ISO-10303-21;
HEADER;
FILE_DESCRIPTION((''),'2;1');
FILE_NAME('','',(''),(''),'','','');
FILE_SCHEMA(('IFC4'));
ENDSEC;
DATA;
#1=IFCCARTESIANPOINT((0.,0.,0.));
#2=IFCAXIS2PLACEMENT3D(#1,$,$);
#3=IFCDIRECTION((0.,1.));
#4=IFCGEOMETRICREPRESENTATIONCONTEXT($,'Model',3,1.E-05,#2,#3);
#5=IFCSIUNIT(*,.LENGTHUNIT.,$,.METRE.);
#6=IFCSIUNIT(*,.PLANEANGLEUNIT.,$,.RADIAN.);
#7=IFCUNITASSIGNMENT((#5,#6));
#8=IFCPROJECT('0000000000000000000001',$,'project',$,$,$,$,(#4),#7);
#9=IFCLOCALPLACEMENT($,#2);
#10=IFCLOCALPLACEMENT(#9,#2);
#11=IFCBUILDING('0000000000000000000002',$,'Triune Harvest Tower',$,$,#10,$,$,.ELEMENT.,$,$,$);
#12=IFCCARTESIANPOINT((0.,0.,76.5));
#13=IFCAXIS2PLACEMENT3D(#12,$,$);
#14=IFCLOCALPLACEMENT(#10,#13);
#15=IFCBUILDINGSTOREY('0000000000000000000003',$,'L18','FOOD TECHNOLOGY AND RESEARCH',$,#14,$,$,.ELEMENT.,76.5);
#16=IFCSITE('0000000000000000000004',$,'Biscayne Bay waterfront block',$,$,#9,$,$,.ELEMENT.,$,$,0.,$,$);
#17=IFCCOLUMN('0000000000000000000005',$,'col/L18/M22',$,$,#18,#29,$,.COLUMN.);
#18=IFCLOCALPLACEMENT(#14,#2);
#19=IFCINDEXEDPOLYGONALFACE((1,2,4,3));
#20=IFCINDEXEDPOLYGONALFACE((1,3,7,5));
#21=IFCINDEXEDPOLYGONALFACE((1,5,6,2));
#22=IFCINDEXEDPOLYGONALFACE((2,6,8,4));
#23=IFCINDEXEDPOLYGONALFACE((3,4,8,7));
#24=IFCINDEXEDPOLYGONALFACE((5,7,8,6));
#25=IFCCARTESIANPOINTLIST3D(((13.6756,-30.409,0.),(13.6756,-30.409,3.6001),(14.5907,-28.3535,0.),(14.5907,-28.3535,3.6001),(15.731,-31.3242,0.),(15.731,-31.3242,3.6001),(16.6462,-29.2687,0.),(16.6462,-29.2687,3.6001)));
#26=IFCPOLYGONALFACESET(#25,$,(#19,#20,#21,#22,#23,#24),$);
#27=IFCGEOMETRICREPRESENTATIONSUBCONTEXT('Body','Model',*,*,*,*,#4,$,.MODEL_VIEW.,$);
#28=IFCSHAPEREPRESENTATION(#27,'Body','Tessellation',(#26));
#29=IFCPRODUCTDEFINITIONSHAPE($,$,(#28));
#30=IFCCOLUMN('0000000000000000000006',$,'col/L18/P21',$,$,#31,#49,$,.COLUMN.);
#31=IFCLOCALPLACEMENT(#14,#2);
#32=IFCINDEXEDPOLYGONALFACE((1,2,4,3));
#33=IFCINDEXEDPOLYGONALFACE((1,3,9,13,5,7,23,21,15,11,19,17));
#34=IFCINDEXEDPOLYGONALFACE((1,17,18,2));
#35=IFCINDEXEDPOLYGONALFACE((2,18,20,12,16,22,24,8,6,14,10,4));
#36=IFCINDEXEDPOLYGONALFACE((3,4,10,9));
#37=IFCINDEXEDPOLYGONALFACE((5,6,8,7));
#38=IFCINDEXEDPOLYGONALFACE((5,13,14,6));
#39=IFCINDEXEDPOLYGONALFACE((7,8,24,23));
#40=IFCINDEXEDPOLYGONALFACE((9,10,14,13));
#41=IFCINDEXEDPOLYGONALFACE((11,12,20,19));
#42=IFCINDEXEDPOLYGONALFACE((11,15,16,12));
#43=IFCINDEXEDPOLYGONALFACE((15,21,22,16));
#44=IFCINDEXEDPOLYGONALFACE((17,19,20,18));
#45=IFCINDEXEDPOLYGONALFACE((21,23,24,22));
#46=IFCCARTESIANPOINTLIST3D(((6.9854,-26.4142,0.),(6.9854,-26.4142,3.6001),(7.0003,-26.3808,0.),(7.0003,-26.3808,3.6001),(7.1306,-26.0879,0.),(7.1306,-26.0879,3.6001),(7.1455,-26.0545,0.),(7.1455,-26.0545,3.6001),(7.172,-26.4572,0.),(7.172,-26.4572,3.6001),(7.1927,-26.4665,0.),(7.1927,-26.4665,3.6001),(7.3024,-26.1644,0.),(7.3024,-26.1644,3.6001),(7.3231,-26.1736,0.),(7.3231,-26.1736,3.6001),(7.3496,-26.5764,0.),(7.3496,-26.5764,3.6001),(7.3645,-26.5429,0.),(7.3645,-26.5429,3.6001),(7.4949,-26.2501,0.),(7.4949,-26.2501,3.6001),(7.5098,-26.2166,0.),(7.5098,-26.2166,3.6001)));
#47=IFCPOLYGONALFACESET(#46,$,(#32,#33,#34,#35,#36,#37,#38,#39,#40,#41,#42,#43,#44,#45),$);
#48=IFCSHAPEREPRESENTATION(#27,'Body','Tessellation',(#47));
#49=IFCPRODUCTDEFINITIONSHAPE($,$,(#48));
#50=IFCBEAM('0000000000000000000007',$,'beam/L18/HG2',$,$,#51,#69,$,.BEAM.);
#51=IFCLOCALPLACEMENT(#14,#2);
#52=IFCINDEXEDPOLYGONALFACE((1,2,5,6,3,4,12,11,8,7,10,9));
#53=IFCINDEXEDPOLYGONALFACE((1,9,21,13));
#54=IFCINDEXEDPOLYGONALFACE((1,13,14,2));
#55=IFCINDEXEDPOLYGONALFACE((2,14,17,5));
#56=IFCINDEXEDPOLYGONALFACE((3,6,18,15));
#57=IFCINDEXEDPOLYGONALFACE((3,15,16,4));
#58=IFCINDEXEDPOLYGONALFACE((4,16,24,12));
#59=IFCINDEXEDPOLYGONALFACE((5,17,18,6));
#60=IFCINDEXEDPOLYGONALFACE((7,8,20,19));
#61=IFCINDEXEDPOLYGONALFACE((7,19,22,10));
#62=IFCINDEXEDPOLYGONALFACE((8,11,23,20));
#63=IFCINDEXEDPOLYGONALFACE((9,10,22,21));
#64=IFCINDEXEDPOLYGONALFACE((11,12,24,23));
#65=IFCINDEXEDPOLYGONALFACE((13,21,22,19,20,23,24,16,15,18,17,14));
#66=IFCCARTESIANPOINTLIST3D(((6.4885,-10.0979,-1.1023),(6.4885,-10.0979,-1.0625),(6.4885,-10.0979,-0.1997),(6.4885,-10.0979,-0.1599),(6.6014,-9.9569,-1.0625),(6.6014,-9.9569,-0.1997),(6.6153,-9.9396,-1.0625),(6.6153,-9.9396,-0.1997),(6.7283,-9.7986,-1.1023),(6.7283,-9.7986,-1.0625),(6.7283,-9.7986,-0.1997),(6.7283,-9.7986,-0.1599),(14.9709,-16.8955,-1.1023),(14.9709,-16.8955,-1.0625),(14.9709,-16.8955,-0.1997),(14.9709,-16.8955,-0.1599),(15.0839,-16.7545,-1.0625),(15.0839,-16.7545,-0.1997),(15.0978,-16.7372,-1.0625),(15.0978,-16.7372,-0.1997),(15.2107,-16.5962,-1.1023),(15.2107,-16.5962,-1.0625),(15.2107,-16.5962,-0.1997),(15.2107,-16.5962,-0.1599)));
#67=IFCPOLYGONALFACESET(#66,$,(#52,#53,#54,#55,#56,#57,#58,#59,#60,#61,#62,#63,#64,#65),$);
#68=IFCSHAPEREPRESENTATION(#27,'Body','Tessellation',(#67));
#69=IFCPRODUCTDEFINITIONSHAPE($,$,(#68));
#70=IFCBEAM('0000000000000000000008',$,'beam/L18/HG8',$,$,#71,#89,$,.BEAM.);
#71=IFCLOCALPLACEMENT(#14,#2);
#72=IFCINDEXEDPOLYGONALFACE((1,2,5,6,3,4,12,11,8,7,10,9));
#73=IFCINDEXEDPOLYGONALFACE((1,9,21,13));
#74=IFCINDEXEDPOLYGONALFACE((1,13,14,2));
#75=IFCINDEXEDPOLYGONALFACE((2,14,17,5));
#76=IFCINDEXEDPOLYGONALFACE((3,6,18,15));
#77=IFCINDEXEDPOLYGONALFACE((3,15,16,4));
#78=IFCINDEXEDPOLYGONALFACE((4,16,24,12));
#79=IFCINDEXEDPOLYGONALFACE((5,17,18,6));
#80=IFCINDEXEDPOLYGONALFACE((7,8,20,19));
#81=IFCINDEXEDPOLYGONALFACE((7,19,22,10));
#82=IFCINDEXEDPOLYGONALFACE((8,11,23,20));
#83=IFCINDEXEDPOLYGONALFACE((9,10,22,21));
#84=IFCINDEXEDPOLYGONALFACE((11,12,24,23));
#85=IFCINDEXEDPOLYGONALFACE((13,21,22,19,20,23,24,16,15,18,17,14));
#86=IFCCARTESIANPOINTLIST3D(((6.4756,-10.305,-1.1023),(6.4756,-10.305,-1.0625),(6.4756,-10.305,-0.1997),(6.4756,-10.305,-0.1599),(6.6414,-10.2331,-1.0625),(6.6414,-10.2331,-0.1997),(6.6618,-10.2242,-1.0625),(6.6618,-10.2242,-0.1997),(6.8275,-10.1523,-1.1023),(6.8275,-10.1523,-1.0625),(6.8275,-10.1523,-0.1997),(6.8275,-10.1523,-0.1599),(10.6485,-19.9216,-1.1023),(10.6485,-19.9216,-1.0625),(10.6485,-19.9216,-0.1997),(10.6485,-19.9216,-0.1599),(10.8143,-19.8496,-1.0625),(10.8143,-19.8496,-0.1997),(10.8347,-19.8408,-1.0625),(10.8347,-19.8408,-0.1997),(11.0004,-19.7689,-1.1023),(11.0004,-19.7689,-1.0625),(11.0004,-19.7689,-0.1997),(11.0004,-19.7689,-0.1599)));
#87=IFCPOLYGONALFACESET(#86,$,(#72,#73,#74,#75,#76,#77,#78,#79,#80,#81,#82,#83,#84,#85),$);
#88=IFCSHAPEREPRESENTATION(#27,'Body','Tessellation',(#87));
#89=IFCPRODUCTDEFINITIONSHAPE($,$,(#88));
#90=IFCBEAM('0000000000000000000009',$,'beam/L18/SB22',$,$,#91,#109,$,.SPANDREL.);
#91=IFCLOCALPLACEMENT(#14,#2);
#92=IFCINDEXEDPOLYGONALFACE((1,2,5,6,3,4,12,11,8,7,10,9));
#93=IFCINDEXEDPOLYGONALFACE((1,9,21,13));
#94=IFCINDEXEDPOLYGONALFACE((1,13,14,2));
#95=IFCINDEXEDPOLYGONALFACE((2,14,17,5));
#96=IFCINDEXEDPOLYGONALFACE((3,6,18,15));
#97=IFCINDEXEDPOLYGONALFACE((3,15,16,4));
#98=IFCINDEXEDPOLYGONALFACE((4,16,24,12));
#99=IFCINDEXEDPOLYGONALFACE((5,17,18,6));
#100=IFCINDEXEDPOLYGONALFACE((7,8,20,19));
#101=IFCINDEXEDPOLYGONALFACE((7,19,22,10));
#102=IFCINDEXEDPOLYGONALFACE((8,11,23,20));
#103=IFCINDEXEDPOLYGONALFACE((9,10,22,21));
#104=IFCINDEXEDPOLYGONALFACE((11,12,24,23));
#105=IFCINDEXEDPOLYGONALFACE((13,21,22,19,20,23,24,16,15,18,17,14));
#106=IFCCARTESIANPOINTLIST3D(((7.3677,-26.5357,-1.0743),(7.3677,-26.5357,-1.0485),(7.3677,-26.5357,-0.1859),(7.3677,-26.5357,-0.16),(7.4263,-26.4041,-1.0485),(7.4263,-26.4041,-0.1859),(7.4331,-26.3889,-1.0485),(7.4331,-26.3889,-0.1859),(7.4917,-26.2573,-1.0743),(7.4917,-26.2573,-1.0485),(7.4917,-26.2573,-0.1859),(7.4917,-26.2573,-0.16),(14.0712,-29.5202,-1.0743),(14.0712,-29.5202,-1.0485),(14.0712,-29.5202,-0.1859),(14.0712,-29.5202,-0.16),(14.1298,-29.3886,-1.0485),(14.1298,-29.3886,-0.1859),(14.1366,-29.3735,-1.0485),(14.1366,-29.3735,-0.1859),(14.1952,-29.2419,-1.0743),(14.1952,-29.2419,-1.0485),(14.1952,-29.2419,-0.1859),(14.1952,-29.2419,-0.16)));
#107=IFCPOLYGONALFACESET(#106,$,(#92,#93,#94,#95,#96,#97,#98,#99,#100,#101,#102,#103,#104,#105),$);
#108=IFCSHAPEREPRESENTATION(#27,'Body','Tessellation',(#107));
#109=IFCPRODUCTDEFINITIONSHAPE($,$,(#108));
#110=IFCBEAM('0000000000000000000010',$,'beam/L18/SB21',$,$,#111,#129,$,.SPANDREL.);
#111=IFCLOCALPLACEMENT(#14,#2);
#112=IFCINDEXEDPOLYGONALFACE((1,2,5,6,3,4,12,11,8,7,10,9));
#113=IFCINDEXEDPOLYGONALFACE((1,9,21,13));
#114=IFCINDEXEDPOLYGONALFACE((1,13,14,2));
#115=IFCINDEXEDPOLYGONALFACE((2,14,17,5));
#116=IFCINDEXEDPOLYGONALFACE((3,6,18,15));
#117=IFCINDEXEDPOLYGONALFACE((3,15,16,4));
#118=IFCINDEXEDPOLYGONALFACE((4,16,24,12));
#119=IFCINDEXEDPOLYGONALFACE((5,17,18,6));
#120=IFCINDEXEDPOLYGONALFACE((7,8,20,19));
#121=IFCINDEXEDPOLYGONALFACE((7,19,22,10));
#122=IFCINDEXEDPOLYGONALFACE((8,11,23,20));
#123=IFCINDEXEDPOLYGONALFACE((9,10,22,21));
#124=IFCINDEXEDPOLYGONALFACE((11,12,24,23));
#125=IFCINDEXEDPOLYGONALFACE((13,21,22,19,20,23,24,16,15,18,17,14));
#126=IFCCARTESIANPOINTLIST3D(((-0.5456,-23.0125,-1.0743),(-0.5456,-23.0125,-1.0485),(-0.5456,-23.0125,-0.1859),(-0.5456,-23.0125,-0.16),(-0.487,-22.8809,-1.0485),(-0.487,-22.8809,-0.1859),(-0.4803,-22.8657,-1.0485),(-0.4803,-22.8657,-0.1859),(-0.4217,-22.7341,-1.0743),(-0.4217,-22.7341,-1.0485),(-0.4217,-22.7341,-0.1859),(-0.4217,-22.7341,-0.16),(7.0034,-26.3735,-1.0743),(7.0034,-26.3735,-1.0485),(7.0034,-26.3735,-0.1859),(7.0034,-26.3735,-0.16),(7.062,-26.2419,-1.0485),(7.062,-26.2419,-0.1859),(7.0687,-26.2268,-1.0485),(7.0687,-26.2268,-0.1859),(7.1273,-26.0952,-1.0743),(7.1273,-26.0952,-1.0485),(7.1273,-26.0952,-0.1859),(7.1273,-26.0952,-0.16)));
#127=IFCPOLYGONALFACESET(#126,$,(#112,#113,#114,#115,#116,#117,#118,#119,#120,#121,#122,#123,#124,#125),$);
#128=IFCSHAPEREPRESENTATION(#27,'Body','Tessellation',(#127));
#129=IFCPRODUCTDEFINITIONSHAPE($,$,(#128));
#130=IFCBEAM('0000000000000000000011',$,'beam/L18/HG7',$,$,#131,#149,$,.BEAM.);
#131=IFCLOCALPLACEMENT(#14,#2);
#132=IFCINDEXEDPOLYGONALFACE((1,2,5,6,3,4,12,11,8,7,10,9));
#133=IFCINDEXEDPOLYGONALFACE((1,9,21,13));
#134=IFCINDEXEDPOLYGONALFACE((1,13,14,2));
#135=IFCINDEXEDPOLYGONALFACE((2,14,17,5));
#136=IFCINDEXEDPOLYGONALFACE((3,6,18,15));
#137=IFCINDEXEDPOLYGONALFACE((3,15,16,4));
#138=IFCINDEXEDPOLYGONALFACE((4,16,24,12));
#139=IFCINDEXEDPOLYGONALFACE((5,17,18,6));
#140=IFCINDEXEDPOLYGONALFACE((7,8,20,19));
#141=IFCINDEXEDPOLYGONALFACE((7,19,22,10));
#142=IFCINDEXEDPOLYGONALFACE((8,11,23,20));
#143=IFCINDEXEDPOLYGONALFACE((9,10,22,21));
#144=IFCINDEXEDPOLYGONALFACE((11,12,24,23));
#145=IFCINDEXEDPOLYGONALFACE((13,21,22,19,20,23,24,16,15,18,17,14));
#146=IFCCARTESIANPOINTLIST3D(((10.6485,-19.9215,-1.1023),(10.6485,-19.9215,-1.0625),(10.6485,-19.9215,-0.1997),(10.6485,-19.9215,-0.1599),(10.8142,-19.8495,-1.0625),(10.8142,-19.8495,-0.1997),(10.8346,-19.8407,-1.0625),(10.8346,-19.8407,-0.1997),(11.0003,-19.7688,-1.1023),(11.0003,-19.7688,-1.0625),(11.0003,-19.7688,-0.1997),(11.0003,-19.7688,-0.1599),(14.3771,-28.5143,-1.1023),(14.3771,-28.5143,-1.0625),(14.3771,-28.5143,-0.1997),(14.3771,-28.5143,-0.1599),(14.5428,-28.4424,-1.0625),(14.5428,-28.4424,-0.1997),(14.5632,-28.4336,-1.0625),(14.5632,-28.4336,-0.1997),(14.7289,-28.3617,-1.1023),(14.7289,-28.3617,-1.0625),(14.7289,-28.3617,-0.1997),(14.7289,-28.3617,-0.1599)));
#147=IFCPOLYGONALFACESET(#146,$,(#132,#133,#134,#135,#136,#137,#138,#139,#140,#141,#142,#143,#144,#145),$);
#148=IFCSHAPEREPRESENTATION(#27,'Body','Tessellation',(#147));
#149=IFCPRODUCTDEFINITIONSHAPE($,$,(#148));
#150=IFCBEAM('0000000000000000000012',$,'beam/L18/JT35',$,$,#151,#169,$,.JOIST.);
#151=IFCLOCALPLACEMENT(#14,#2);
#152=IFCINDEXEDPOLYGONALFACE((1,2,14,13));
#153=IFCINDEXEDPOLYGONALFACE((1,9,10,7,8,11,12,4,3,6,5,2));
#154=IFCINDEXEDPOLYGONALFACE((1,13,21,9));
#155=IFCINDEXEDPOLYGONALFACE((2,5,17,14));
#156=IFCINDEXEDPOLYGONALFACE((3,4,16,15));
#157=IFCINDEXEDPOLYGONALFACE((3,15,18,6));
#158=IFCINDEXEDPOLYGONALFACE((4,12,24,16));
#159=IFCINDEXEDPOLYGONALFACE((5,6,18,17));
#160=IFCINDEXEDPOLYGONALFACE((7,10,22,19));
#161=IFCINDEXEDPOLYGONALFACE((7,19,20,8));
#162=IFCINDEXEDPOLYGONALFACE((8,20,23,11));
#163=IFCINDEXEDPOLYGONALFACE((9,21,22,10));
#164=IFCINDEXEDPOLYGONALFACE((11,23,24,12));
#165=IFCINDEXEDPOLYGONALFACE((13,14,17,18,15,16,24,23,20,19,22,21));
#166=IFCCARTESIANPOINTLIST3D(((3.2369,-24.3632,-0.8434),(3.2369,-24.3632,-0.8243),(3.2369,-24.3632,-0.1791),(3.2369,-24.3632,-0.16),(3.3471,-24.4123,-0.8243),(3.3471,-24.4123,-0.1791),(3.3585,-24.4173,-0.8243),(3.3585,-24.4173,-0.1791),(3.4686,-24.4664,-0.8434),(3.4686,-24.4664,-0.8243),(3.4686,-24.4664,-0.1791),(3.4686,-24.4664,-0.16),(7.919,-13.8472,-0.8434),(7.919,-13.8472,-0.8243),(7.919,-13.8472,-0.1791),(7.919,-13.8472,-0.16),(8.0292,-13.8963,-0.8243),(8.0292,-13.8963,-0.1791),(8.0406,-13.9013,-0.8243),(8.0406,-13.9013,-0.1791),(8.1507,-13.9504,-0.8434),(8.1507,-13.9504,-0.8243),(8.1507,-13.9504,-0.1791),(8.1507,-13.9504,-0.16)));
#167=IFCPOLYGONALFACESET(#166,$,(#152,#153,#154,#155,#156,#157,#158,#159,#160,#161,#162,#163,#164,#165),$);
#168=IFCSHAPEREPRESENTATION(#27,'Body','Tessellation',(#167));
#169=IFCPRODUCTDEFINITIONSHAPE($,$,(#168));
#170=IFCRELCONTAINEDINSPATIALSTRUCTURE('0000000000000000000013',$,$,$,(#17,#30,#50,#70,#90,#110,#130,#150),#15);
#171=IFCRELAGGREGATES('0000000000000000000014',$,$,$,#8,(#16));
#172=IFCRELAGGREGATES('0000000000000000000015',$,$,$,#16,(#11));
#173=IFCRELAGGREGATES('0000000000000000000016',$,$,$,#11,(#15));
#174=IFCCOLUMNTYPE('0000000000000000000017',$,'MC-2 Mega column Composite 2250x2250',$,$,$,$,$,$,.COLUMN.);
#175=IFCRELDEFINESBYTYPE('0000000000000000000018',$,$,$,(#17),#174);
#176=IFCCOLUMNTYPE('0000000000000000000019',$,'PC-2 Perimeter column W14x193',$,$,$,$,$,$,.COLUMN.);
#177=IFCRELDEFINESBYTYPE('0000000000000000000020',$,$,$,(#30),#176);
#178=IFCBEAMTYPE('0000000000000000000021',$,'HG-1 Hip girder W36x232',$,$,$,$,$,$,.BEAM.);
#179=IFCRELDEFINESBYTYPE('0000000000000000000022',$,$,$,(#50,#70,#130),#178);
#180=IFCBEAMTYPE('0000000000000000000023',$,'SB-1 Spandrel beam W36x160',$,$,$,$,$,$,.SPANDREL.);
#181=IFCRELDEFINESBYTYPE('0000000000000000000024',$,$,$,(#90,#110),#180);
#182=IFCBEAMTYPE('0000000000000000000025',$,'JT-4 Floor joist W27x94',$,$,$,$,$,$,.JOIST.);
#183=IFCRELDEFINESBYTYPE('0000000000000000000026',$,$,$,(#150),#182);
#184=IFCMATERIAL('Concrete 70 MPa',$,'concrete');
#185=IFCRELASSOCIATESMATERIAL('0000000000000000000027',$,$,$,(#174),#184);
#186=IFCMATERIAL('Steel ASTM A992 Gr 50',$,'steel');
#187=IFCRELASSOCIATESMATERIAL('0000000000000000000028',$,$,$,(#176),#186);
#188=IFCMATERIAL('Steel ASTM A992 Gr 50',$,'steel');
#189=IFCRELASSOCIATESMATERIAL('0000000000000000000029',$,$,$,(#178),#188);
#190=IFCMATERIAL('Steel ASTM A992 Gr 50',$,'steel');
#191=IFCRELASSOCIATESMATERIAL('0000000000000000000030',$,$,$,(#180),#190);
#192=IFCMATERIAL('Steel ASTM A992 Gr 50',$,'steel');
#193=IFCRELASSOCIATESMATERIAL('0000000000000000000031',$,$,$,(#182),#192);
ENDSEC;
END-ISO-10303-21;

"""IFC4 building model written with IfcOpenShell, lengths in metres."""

from ifc_helpers import new_model, si_unit, direction, frame, origin, origin_2d, place, context, subcontext, project, spatial, rectangle, i_section, extrude, source, transform, mapped, material, material_profile, profile_set, type_object, element, save


model = new_model("IFC4")

# Units and contexts
model_context = context("Model", 3, precision=1e-05, world=origin(), true_north=direction((0.0, 1.0)))
body_context = subcontext(model_context, "Body", "Model", "MODEL_VIEW")
ifc_project = project(units=[si_unit("LENGTHUNIT", "METRE"), si_unit("PLANEANGLEUNIT", "RADIAN")], contexts=[model_context])

# Site, building, storey
site_placement = place(None, origin())
site = spatial("IfcSite", under=ifc_project, at=site_placement, Name="Biscayne Bay waterfront block", CompositionType="ELEMENT", RefElevation=0.0)
building_placement = place(site_placement, origin())
building = spatial("IfcBuilding", under=site, at=building_placement, Name="Triune Harvest Tower", CompositionType="ELEMENT")
storey_placement = place(building_placement, frame((0.0, 0.0, 76.5)))
storey = spatial("IfcBuildingStorey", under=building, at=storey_placement, Name="L18", Description="FOOD TECHNOLOGY AND RESEARCH", CompositionType="ELEMENT", Elevation=76.5)

# Columns
ifc_material_1 = material(Name="Concrete 70 MPa", Category="concrete")
ifc_material_profile_1 = material_profile(ifc_material_1, rectangle(XDim=2.25, YDim=2.25, at=origin_2d()), Name="Composite 2250x2250")
ifc_profile_set_1 = profile_set([ifc_material_profile_1], Name="Concrete 70 MPa")
column_type_1 = type_object("IfcColumnType", Name="MC-2 Mega column Composite 2250x2250", PredefinedType="COLUMN", material=ifc_profile_set_1)
shared_shape_1 = source(origin(), body_context, "Body", "SweptSolid", [
    extrude(rectangle(XDim=2.25, YDim=2.25, at=origin_2d()), origin(), (0.0, 0.0, 1.0), 3.6001),
])
column_1_placement = place(storey_placement, frame((15.1609, -29.8389, 0.0), z_axis=(0.0, 0.0, 1.0), x_axis=(0.913545, -0.406737, 0.0)))
element("IfcColumn", 1, at=column_1_placement, inside=storey, type_object=column_type_1, Name="col/L18/M22", PredefinedType="COLUMN", context=body_context, shape_type="MappedRepresentation", body=[
    mapped(shared_shape_1, transform((0.0, 0.0, 0.0), scale=1.0)),
])
ifc_material_2 = material(Name="Steel ASTM A992 Gr 50", Category="steel")
ifc_material_profile_2 = material_profile(ifc_material_2, i_section(OverallWidth=0.3987, OverallDepth=0.3938, WebThickness=0.0227, FlangeThickness=0.0366, at=origin_2d()), Name="W14x193")
ifc_profile_set_2 = profile_set([ifc_material_profile_2], Name="Steel ASTM A992 Gr 50")
column_type_2 = type_object("IfcColumnType", Name="PC-2 Perimeter column W14x193", PredefinedType="COLUMN", material=ifc_profile_set_2)
shared_shape_2 = source(origin(), body_context, "Body", "SweptSolid", [
    extrude(i_section(OverallWidth=0.3987, OverallDepth=0.3938, WebThickness=0.0227, FlangeThickness=0.0366, at=origin_2d()), origin(), (0.0, 0.0, 1.0), 3.6001),
])
column_2_placement = place(storey_placement, frame((7.2476, -26.3154, 0.0), z_axis=(0.0, 0.0, 1.0), x_axis=(0.913545, -0.406737, 0.0)))
element("IfcColumn", 2, at=column_2_placement, inside=storey, type_object=column_type_2, Name="col/L18/P21", PredefinedType="COLUMN", context=body_context, shape_type="MappedRepresentation", body=[
    mapped(shared_shape_2, transform((0.0, 0.0, 0.0), scale=1.0)),
])

# Beams
ifc_material_3 = material(Name="Steel ASTM A992 Gr 50", Category="steel")
ifc_material_profile_3 = material_profile(ifc_material_3, i_section(OverallWidth=0.3835, OverallDepth=0.9424, WebThickness=0.0222, FlangeThickness=0.0398, at=origin_2d()), Name="W36x232")
ifc_profile_set_3 = profile_set([ifc_material_profile_3], Name="Steel ASTM A992 Gr 50")
beam_type_1 = type_object("IfcBeamType", Name="HG-1 Hip girder W36x232", PredefinedType="BEAM", material=ifc_profile_set_3)
shared_shape_3 = source(origin(), body_context, "Body", "SweptSolid", [
    extrude(i_section(OverallWidth=0.3835, OverallDepth=0.9424, WebThickness=0.0222, FlangeThickness=0.0398, at=origin_2d()), origin(), (0.0, 0.0, 1.0), 10.8701),
])
beam_1_placement = place(storey_placement, frame((15.0908, -16.7458, -0.6311), z_axis=(-0.780345, 0.625349, 0.0), x_axis=(-0.625349, -0.780345, 0.0)))
element("IfcBeam", 3, at=beam_1_placement, inside=storey, type_object=beam_type_1, Name="beam/L18/HG2", PredefinedType="BEAM", context=body_context, shape_type="MappedRepresentation", body=[
    mapped(shared_shape_3, transform((0.0, 0.0, 0.0), scale=1.0)),
])
shared_shape_4 = source(origin(), body_context, "Body", "SweptSolid", [
    extrude(i_section(OverallWidth=0.3835, OverallDepth=0.9424, WebThickness=0.0222, FlangeThickness=0.0398, at=origin_2d()), origin(), (0.0, 0.0, 1.0), 10.4829),
])
beam_2_placement = place(storey_placement, frame((10.8245, -19.8452, -0.6311), z_axis=(-0.398067, 0.917356, 0.0), x_axis=(-0.917356, -0.398067, 0.0)))
element("IfcBeam", 4, at=beam_2_placement, inside=storey, type_object=beam_type_1, Name="beam/L18/HG8", PredefinedType="BEAM", context=body_context, shape_type="MappedRepresentation", body=[
    mapped(shared_shape_4, transform((0.0, 0.0, 0.0), scale=1.0)),
])
ifc_material_4 = material(Name="Steel ASTM A992 Gr 50", Category="steel")
ifc_material_profile_4 = material_profile(ifc_material_4, i_section(OverallWidth=0.3047, OverallDepth=0.9143, WebThickness=0.0166, FlangeThickness=0.0259, at=origin_2d()), Name="W36x160")
ifc_profile_set_4 = profile_set([ifc_material_profile_4], Name="Steel ASTM A992 Gr 50")
beam_type_2 = type_object("IfcBeamType", Name="SB-1 Spandrel beam W36x160", PredefinedType="SPANDREL", material=ifc_profile_set_4)
shared_shape_5 = source(origin(), body_context, "Body", "SweptSolid", [
    extrude(i_section(OverallWidth=0.3047, OverallDepth=0.9143, WebThickness=0.0166, FlangeThickness=0.0259, at=origin_2d()), origin(), (0.0, 0.0, 1.0), 7.3379),
])
beam_3_placement = place(storey_placement, frame((7.4297, -26.3965, -0.6172), z_axis=(0.913547, -0.406734, 0.0), x_axis=(0.406734, 0.913547, 0.0)))
element("IfcBeam", 5, at=beam_3_placement, inside=storey, type_object=beam_type_2, Name="beam/L18/SB22", PredefinedType="SPANDREL", context=body_context, shape_type="MappedRepresentation", body=[
    mapped(shared_shape_5, transform((0.0, 0.0, 0.0), scale=1.0)),
])
shared_shape_6 = source(origin(), body_context, "Body", "SweptSolid", [
    extrude(i_section(OverallWidth=0.3047, OverallDepth=0.9143, WebThickness=0.0166, FlangeThickness=0.0259, at=origin_2d()), origin(), (0.0, 0.0, 1.0), 8.2634),
])
beam_4_placement = place(storey_placement, frame((-0.4836, -22.8733, -0.6172), z_axis=(0.913545, -0.406739, 0.0), x_axis=(0.406739, 0.913545, 0.0)))
element("IfcBeam", 6, at=beam_4_placement, inside=storey, type_object=beam_type_2, Name="beam/L18/SB21", PredefinedType="SPANDREL", context=body_context, shape_type="MappedRepresentation", body=[
    mapped(shared_shape_6, transform((0.0, 0.0, 0.0), scale=1.0)),
])
shared_shape_7 = source(origin(), body_context, "Body", "SweptSolid", [
    extrude(i_section(OverallWidth=0.3835, OverallDepth=0.9424, WebThickness=0.0222, FlangeThickness=0.0398, at=origin_2d()), origin(), (0.0, 0.0, 1.0), 9.3669),
])
beam_5_placement = place(storey_placement, frame((14.553, -28.438, -0.6311), z_axis=(-0.398055, 0.917362, 0.0), x_axis=(-0.917362, -0.398055, 0.0)))
element("IfcBeam", 7, at=beam_5_placement, inside=storey, type_object=beam_type_1, Name="beam/L18/HG7", PredefinedType="BEAM", context=body_context, shape_type="MappedRepresentation", body=[
    mapped(shared_shape_7, transform((0.0, 0.0, 0.0), scale=1.0)),
])
ifc_material_5 = material(Name="Steel ASTM A992 Gr 50", Category="steel")
ifc_material_profile_5 = material_profile(ifc_material_5, i_section(OverallWidth=0.2537, OverallDepth=0.6833, WebThickness=0.0125, FlangeThickness=0.019, at=origin_2d()), Name="W27x94")
ifc_profile_set_5 = profile_set([ifc_material_profile_5], Name="Steel ASTM A992 Gr 50")
beam_type_3 = type_object("IfcBeamType", Name="JT-4 Floor joist W27x94", PredefinedType="JOIST", material=ifc_profile_set_5)
shared_shape_8 = source(origin(), body_context, "Body", "SweptSolid", [
    extrude(i_section(OverallWidth=0.2537, OverallDepth=0.6833, WebThickness=0.0125, FlangeThickness=0.019, at=origin_2d()), origin(), (0.0, 0.0, 1.0), 11.5112),
])
beam_6_placement = place(storey_placement, frame((3.3528, -24.4148, -0.5017), z_axis=(0.406741, 0.913544, 0.0), x_axis=(-0.913544, 0.406741, 0.0)))
element("IfcBeam", 8, at=beam_6_placement, inside=storey, type_object=beam_type_3, Name="beam/L18/JT35", PredefinedType="JOIST", context=body_context, shape_type="MappedRepresentation", body=[
    mapped(shared_shape_8, transform((0.0, 0.0, 0.0), scale=1.0)),
])

save(model, "model.ifc")
